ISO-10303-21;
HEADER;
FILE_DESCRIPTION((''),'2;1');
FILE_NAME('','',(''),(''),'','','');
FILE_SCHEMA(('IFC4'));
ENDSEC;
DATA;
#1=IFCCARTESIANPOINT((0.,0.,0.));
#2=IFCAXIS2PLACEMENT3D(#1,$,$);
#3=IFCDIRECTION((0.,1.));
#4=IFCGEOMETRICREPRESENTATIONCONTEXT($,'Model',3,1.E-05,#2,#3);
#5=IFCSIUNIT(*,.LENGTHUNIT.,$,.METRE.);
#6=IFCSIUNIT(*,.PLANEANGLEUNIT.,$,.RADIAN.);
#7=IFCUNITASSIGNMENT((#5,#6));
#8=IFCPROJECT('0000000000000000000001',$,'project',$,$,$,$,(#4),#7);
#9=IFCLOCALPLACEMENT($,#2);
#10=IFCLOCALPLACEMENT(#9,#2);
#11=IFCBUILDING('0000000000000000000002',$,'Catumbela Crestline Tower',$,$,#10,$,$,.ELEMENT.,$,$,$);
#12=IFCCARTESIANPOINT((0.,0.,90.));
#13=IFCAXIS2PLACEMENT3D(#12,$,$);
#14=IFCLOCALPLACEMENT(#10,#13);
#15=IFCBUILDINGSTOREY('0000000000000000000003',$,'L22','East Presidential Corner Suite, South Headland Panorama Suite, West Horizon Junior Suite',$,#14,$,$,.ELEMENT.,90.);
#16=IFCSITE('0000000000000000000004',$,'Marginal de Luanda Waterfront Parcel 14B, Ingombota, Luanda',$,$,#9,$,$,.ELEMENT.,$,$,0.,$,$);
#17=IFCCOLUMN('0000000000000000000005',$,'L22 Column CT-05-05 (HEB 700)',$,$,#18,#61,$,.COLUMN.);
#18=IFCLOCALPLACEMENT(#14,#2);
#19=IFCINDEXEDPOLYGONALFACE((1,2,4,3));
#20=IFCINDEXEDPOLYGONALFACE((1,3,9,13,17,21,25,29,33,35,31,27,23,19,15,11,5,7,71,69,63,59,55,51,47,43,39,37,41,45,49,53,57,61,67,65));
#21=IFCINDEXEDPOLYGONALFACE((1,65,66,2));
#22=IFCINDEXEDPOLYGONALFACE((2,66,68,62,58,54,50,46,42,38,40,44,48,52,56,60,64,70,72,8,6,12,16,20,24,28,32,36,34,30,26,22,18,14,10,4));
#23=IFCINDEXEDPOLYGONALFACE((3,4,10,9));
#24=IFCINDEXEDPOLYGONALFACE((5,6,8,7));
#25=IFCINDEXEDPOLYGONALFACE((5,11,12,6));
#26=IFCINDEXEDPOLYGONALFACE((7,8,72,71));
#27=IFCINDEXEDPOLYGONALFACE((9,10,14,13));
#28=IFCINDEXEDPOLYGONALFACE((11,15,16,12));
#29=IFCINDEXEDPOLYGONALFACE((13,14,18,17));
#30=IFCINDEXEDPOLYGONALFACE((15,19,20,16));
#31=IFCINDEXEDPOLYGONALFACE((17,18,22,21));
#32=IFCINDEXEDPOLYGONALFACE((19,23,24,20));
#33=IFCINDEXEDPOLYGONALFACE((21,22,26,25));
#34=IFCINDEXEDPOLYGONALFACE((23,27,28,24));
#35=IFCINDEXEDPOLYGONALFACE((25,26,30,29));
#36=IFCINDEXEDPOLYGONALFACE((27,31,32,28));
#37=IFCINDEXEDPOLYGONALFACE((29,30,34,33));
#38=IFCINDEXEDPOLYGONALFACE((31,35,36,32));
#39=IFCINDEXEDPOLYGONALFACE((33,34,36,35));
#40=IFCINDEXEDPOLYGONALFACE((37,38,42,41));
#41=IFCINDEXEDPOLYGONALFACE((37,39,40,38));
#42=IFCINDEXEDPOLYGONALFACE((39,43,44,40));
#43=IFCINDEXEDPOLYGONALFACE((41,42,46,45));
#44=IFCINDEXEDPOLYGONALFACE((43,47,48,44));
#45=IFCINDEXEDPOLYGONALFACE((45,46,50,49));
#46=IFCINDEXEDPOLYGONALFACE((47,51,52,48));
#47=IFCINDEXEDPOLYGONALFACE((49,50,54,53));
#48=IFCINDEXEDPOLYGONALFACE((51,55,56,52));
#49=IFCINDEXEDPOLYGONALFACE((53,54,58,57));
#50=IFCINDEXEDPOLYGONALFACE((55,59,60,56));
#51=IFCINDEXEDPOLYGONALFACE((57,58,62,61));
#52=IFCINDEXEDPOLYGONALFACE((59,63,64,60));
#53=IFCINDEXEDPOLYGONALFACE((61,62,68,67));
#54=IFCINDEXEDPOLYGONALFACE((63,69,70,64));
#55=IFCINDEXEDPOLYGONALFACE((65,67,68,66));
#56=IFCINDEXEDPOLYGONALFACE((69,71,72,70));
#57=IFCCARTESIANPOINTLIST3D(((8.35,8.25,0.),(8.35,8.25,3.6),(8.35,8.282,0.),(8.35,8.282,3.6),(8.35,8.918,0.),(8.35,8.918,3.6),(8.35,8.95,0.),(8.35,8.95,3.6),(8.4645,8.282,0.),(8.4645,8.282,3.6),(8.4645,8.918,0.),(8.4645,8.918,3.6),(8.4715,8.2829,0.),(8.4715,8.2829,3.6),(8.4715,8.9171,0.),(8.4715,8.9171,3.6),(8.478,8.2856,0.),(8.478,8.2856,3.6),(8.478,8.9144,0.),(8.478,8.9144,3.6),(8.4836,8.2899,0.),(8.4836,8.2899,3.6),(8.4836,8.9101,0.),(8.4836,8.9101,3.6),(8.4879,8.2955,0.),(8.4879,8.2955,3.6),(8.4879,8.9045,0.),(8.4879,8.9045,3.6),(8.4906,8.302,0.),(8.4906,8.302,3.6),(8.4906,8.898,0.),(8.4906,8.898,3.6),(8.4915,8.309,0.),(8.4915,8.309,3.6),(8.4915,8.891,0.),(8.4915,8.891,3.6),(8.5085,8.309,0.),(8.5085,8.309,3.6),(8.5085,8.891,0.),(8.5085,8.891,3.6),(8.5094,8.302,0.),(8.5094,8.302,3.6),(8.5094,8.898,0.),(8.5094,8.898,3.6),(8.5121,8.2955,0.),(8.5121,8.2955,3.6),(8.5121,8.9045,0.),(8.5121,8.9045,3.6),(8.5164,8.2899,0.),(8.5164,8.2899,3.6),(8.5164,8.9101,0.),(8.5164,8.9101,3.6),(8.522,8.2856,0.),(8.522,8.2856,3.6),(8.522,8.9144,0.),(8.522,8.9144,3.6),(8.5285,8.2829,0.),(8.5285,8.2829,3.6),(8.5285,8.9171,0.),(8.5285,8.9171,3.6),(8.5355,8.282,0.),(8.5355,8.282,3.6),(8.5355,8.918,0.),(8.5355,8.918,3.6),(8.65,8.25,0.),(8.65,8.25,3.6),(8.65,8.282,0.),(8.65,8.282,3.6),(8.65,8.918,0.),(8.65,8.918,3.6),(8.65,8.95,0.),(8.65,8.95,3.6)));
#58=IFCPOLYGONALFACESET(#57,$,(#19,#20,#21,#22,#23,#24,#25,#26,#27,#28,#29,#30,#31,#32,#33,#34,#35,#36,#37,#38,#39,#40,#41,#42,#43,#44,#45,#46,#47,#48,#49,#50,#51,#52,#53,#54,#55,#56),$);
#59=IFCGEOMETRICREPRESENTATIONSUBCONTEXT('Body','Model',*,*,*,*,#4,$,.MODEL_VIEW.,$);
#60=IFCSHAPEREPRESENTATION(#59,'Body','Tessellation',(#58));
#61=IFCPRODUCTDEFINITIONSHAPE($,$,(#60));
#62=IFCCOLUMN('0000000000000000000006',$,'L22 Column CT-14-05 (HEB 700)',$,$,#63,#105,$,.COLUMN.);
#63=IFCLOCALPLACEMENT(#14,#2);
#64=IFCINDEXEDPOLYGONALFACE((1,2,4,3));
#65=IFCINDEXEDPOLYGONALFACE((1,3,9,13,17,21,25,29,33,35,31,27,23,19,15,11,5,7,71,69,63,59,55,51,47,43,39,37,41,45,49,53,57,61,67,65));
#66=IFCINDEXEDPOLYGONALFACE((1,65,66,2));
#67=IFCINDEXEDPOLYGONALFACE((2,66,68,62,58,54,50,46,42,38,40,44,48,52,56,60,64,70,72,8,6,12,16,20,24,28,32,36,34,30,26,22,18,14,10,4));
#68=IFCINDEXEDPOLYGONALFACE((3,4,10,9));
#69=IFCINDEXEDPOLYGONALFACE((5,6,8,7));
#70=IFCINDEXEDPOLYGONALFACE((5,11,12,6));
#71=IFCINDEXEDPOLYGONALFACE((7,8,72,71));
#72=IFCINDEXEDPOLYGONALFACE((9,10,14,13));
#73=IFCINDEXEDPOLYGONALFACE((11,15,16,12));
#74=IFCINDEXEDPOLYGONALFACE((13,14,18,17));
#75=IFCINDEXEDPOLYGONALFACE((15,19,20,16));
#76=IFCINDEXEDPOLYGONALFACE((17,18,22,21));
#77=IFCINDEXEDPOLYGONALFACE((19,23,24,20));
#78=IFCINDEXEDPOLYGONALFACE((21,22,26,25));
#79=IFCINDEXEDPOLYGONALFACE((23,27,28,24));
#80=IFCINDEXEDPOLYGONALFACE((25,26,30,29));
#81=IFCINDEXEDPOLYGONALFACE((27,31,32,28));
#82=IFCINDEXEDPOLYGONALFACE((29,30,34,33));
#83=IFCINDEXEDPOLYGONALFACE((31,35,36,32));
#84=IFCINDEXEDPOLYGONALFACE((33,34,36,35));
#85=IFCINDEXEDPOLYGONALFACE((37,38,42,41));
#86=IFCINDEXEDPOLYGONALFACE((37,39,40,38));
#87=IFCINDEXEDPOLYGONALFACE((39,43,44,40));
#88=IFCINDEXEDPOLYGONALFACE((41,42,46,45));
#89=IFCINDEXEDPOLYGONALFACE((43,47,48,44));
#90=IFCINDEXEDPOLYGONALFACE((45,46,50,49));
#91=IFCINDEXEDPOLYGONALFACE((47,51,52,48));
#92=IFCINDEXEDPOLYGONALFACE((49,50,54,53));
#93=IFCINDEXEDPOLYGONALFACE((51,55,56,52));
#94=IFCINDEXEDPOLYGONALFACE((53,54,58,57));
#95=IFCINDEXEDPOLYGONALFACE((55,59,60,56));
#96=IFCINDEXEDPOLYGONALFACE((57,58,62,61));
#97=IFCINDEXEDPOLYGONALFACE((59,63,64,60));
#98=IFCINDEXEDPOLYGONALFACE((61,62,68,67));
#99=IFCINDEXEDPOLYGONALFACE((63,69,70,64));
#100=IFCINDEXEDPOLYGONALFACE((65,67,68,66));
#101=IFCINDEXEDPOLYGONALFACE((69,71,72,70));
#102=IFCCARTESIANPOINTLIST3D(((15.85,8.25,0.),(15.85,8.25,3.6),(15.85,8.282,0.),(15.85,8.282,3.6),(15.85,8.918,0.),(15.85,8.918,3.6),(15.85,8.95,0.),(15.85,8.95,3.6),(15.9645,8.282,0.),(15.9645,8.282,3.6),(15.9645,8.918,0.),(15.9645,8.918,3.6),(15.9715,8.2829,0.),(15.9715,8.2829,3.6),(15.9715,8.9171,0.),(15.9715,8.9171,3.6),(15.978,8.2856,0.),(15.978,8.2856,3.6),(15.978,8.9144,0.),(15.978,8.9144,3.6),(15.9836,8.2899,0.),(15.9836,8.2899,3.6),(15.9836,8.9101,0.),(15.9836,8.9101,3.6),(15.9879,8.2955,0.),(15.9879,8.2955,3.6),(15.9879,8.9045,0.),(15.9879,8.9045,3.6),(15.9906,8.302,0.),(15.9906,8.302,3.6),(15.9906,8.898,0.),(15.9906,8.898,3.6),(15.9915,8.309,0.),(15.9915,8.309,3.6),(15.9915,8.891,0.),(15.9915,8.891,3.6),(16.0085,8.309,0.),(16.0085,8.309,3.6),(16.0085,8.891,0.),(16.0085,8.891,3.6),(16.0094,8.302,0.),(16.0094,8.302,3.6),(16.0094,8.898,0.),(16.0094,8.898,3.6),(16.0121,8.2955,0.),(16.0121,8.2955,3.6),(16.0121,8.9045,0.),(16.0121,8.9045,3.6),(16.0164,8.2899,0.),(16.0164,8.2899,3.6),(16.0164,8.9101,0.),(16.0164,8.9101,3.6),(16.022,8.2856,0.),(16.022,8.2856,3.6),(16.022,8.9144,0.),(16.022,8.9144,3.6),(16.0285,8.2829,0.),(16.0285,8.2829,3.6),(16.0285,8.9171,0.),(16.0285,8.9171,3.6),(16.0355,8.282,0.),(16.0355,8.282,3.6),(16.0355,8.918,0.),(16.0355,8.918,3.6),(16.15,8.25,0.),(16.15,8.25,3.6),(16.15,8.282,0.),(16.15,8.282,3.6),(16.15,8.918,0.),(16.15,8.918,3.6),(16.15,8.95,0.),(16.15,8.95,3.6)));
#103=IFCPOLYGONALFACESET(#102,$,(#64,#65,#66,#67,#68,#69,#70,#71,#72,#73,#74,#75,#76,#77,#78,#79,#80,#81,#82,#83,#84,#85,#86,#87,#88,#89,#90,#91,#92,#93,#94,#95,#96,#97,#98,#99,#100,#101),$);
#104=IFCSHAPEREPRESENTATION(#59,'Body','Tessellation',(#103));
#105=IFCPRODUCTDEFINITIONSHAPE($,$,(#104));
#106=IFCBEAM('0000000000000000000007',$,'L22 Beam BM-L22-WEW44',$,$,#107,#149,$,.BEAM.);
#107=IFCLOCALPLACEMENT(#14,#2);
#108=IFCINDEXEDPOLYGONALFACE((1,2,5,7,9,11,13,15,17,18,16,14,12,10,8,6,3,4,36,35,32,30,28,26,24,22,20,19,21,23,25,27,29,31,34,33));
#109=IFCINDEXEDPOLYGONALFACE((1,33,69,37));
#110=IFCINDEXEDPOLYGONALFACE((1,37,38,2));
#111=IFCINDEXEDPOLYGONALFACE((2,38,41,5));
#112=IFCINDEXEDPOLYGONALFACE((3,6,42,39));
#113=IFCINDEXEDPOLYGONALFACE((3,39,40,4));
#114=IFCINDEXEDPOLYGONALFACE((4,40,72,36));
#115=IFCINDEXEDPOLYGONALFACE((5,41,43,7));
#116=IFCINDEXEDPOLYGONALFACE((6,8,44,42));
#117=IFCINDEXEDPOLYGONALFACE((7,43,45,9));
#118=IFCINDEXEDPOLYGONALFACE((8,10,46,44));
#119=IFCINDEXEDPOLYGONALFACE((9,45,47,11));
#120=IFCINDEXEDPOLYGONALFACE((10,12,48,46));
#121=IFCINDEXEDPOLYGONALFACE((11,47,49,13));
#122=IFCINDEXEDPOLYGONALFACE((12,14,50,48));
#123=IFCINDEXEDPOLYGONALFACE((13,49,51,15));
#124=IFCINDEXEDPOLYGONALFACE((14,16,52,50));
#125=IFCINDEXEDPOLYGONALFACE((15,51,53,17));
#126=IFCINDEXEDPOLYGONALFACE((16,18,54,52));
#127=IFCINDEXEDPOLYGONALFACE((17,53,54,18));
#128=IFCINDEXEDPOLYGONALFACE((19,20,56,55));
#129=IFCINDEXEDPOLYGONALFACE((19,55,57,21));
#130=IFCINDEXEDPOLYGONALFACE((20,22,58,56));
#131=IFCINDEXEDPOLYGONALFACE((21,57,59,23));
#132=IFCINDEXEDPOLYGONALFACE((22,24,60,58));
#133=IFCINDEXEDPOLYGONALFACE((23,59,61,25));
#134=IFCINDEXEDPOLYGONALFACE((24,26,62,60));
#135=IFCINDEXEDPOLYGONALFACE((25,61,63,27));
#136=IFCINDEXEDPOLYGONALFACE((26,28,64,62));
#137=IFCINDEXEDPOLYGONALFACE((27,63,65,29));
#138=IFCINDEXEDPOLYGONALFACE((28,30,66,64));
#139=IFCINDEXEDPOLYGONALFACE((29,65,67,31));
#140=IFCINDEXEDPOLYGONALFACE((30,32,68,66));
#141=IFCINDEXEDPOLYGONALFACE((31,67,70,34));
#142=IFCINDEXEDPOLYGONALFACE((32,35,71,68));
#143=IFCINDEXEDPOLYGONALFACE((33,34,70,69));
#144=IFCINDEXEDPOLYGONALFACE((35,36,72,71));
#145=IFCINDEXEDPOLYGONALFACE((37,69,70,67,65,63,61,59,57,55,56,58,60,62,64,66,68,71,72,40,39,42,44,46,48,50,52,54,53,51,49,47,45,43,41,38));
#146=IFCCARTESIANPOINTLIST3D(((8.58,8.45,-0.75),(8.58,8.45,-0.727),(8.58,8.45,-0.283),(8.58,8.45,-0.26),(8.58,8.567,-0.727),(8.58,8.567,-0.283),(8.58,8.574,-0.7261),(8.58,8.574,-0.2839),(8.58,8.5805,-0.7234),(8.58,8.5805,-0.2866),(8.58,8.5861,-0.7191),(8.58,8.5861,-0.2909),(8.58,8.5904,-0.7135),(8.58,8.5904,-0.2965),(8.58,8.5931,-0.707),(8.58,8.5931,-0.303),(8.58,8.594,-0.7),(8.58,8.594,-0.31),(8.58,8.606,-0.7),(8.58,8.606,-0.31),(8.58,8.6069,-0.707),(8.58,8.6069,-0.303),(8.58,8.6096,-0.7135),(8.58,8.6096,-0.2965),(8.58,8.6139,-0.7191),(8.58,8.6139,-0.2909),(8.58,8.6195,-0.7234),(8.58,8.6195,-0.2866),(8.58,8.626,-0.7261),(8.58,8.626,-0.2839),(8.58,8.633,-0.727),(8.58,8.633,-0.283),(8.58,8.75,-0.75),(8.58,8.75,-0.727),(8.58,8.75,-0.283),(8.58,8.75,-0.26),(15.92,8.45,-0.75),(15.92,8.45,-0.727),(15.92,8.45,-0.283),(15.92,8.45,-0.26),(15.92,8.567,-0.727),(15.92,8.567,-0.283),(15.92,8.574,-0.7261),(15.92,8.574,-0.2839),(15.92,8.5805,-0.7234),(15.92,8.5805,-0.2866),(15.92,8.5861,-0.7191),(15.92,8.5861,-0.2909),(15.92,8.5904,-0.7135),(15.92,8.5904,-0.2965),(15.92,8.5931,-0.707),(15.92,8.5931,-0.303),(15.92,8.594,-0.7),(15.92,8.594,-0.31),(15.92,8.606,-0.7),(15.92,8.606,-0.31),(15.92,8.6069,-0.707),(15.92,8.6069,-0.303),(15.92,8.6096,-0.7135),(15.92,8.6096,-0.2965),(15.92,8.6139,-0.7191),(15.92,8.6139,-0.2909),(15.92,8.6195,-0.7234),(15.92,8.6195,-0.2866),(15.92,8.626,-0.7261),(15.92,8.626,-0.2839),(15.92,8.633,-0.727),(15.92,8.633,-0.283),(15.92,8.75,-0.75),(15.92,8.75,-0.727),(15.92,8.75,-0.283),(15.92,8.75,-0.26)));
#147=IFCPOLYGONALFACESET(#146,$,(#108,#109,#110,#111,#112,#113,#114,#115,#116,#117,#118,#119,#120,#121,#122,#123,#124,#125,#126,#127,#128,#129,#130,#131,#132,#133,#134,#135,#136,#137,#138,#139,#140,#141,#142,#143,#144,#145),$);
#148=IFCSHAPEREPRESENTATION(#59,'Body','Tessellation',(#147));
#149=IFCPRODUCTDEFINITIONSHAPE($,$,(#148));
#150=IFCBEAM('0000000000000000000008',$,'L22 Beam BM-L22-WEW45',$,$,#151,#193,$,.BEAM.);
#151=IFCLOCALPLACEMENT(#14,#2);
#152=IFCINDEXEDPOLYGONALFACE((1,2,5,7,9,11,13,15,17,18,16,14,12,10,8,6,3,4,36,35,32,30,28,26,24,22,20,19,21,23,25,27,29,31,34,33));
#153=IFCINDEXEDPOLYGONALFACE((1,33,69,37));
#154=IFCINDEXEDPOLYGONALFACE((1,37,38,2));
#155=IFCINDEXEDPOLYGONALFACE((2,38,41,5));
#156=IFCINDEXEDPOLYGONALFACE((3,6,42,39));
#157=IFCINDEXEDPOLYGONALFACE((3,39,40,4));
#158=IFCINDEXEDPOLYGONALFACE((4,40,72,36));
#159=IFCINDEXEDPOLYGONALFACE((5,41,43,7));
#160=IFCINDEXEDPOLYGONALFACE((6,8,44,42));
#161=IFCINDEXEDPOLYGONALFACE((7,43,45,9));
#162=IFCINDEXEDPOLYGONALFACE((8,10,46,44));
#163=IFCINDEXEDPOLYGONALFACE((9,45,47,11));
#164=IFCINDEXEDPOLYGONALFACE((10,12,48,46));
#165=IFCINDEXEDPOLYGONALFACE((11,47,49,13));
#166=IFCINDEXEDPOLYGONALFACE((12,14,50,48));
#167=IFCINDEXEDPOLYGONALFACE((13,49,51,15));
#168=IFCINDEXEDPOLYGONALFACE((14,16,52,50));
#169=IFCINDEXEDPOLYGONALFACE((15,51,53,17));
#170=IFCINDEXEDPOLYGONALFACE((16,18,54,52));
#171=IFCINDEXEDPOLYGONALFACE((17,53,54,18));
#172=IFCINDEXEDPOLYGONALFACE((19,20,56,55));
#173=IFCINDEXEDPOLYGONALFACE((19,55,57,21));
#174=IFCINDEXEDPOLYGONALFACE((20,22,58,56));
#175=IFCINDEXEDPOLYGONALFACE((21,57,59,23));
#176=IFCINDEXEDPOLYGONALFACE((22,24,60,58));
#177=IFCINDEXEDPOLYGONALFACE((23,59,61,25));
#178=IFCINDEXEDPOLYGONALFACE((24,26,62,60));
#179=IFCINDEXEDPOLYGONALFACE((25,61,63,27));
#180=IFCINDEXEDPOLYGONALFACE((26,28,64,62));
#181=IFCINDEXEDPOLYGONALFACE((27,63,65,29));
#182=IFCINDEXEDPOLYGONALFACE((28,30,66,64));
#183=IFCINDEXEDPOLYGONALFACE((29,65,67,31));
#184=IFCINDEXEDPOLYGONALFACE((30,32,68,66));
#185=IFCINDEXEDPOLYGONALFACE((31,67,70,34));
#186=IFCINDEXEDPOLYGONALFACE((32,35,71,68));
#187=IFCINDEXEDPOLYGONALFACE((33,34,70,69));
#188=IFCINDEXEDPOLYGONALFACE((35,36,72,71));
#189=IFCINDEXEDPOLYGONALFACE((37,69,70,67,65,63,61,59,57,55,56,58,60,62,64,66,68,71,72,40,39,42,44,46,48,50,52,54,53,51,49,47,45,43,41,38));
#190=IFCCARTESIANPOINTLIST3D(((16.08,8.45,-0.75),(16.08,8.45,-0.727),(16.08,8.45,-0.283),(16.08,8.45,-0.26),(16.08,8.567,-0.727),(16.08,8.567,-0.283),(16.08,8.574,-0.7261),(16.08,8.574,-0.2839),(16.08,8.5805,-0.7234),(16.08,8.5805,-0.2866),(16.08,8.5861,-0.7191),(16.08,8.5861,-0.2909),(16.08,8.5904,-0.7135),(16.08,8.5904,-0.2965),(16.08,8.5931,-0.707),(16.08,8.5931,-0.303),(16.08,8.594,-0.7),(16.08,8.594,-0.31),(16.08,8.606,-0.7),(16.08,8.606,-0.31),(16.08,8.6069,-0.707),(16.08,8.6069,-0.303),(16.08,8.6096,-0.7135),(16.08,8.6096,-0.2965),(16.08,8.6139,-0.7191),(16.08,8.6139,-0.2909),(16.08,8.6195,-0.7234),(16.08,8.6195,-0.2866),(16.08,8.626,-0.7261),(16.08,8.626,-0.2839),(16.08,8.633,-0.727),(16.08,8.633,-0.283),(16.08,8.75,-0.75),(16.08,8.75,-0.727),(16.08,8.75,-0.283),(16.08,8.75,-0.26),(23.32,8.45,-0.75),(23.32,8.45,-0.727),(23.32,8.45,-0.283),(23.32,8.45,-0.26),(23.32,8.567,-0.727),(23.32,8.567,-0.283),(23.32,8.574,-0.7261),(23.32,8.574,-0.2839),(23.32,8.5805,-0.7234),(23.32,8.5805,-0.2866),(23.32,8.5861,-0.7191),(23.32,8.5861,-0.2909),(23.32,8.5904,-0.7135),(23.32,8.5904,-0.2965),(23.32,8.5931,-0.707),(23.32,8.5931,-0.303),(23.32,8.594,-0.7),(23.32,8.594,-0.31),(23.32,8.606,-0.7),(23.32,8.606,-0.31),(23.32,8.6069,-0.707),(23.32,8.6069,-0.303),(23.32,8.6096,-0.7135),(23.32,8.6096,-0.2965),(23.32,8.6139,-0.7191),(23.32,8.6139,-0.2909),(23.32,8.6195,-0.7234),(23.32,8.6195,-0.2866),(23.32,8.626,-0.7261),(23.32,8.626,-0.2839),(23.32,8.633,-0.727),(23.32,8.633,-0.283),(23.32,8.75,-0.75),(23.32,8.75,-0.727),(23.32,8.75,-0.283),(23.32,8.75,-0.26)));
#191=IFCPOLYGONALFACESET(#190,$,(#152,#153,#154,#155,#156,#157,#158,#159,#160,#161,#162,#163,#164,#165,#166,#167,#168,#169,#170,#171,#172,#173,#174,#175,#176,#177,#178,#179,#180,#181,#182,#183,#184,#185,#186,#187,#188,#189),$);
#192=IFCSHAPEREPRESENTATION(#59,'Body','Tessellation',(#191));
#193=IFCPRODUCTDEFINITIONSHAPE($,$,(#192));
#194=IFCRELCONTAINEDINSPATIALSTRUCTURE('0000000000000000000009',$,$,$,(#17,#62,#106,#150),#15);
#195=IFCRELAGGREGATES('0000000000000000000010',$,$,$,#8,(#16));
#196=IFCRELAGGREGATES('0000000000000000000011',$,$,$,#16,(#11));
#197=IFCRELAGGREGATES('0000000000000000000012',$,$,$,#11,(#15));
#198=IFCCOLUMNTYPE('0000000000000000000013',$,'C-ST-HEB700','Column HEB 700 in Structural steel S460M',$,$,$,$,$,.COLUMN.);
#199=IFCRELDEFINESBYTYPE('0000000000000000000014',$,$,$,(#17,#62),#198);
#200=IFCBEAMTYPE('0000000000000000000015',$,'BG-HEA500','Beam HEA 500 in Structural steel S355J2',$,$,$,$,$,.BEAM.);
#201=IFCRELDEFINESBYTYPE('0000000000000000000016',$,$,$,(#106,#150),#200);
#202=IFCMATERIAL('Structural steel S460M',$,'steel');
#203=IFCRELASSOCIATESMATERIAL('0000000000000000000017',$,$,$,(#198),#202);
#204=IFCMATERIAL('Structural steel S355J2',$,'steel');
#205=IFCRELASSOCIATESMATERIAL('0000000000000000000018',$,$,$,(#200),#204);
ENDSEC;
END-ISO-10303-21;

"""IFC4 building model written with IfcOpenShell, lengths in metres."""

from ifc_helpers import new_model, si_unit, direction, frame, origin, origin_2d, place, context, subcontext, project, spatial, i_section, extrude, material, material_profile, profile_set, type_object, element, save


model = new_model("IFC4")

# Units and contexts
model_context = context("Model", 3, precision=1e-05, world=origin(), true_north=direction((0.0, 1.0)))
body_context = subcontext(model_context, "Body", "Model", "MODEL_VIEW")
ifc_project = project(units=[si_unit("LENGTHUNIT", "METRE"), si_unit("PLANEANGLEUNIT", "RADIAN")], contexts=[model_context])

# Site, building, storey
site_placement = place(None, origin())
site = spatial("IfcSite", under=ifc_project, at=site_placement, Name="Marginal de Luanda Waterfront Parcel 14B, Ingombota, Luanda", CompositionType="ELEMENT", RefElevation=0.0)
building_placement = place(site_placement, origin())
building = spatial("IfcBuilding", under=site, at=building_placement, Name="Catumbela Crestline Tower", CompositionType="ELEMENT")
storey_placement = place(building_placement, frame((0.0, 0.0, 90.0)))
storey = spatial("IfcBuildingStorey", under=building, at=storey_placement, Name="L22", Description="East Presidential Corner Suite, South Headland Panorama Suite, West Horizon Junior Suite", CompositionType="ELEMENT", Elevation=90.0)

# Columns
ifc_material_1 = material(Name="Structural steel S460M", Category="steel")
ifc_material_profile_1 = material_profile(ifc_material_1, i_section(OverallWidth=0.3, OverallDepth=0.7, WebThickness=0.017, FlangeThickness=0.032, FilletRadius=0.027, at=origin_2d()), Name="HEB 700")
ifc_profile_set_1 = profile_set([ifc_material_profile_1], Name="Structural steel S460M")
column_type = type_object("IfcColumnType", Name="C-ST-HEB700", Description="Column HEB 700 in Structural steel S460M", PredefinedType="COLUMN", material=ifc_profile_set_1)
for number, where, z_axis, x_axis, name in (
    (1, (8.5, 8.6, 0.0), (0.0, 0.0, 1.0), (1.0, 0.0, 0.0), "L22 Column CT-05-05 (HEB 700)"),
    (2, (16.0, 8.6, 0.0), (0.0, 0.0, 1.0), (1.0, 0.0, 0.0), "L22 Column CT-14-05 (HEB 700)"),
):
    element("IfcColumn", number, at=place(storey_placement, frame(where, z_axis=z_axis, x_axis=x_axis)), inside=storey, type_object=column_type, Name=name, PredefinedType="COLUMN", context=body_context, shape_type="SweptSolid", body=[
        extrude(i_section(OverallWidth=0.3, OverallDepth=0.7, WebThickness=0.017, FlangeThickness=0.032, FilletRadius=0.027, at=origin_2d()), origin(), (0.0, 0.0, 1.0), 3.6),
    ])

# Beams
ifc_material_2 = material(Name="Structural steel S355J2", Category="steel")
ifc_material_profile_2 = material_profile(ifc_material_2, i_section(OverallWidth=0.3, OverallDepth=0.49, WebThickness=0.012, FlangeThickness=0.023, FilletRadius=0.027, at=origin_2d()), Name="HEA 500")
ifc_profile_set_2 = profile_set([ifc_material_profile_2], Name="Structural steel S355J2")
beam_type_1 = type_object("IfcBeamType", Name="BG-HEA500", Description="Beam HEA 500 in Structural steel S355J2", PredefinedType="BEAM", material=ifc_profile_set_2)
beam_1_placement = place(storey_placement, frame((8.58, 8.6, -0.505), z_axis=(1.0, 0.0, 0.0), x_axis=(0.0, 1.0, 0.0)))
element("IfcBeam", 3, at=beam_1_placement, inside=storey, type_object=beam_type_1, Name="L22 Beam BM-L22-WEW44", PredefinedType="BEAM", context=body_context, shape_type="SweptSolid", body=[
    extrude(i_section(OverallWidth=0.3, OverallDepth=0.49, WebThickness=0.012, FlangeThickness=0.023, FilletRadius=0.027, at=origin_2d()), origin(), (0.0, 0.0, 1.0), 7.34),
])
beam_2_placement = place(storey_placement, frame((16.08, 8.6, -0.505), z_axis=(1.0, 0.0, 0.0), x_axis=(0.0, 1.0, 0.0)))
element("IfcBeam", 4, at=beam_2_placement, inside=storey, type_object=beam_type_1, Name="L22 Beam BM-L22-WEW45", PredefinedType="BEAM", context=body_context, shape_type="SweptSolid", body=[
    extrude(i_section(OverallWidth=0.3, OverallDepth=0.49, WebThickness=0.012, FlangeThickness=0.023, FilletRadius=0.027, at=origin_2d()), origin(), (0.0, 0.0, 1.0), 7.24),
])

save(model, "model.ifc")
